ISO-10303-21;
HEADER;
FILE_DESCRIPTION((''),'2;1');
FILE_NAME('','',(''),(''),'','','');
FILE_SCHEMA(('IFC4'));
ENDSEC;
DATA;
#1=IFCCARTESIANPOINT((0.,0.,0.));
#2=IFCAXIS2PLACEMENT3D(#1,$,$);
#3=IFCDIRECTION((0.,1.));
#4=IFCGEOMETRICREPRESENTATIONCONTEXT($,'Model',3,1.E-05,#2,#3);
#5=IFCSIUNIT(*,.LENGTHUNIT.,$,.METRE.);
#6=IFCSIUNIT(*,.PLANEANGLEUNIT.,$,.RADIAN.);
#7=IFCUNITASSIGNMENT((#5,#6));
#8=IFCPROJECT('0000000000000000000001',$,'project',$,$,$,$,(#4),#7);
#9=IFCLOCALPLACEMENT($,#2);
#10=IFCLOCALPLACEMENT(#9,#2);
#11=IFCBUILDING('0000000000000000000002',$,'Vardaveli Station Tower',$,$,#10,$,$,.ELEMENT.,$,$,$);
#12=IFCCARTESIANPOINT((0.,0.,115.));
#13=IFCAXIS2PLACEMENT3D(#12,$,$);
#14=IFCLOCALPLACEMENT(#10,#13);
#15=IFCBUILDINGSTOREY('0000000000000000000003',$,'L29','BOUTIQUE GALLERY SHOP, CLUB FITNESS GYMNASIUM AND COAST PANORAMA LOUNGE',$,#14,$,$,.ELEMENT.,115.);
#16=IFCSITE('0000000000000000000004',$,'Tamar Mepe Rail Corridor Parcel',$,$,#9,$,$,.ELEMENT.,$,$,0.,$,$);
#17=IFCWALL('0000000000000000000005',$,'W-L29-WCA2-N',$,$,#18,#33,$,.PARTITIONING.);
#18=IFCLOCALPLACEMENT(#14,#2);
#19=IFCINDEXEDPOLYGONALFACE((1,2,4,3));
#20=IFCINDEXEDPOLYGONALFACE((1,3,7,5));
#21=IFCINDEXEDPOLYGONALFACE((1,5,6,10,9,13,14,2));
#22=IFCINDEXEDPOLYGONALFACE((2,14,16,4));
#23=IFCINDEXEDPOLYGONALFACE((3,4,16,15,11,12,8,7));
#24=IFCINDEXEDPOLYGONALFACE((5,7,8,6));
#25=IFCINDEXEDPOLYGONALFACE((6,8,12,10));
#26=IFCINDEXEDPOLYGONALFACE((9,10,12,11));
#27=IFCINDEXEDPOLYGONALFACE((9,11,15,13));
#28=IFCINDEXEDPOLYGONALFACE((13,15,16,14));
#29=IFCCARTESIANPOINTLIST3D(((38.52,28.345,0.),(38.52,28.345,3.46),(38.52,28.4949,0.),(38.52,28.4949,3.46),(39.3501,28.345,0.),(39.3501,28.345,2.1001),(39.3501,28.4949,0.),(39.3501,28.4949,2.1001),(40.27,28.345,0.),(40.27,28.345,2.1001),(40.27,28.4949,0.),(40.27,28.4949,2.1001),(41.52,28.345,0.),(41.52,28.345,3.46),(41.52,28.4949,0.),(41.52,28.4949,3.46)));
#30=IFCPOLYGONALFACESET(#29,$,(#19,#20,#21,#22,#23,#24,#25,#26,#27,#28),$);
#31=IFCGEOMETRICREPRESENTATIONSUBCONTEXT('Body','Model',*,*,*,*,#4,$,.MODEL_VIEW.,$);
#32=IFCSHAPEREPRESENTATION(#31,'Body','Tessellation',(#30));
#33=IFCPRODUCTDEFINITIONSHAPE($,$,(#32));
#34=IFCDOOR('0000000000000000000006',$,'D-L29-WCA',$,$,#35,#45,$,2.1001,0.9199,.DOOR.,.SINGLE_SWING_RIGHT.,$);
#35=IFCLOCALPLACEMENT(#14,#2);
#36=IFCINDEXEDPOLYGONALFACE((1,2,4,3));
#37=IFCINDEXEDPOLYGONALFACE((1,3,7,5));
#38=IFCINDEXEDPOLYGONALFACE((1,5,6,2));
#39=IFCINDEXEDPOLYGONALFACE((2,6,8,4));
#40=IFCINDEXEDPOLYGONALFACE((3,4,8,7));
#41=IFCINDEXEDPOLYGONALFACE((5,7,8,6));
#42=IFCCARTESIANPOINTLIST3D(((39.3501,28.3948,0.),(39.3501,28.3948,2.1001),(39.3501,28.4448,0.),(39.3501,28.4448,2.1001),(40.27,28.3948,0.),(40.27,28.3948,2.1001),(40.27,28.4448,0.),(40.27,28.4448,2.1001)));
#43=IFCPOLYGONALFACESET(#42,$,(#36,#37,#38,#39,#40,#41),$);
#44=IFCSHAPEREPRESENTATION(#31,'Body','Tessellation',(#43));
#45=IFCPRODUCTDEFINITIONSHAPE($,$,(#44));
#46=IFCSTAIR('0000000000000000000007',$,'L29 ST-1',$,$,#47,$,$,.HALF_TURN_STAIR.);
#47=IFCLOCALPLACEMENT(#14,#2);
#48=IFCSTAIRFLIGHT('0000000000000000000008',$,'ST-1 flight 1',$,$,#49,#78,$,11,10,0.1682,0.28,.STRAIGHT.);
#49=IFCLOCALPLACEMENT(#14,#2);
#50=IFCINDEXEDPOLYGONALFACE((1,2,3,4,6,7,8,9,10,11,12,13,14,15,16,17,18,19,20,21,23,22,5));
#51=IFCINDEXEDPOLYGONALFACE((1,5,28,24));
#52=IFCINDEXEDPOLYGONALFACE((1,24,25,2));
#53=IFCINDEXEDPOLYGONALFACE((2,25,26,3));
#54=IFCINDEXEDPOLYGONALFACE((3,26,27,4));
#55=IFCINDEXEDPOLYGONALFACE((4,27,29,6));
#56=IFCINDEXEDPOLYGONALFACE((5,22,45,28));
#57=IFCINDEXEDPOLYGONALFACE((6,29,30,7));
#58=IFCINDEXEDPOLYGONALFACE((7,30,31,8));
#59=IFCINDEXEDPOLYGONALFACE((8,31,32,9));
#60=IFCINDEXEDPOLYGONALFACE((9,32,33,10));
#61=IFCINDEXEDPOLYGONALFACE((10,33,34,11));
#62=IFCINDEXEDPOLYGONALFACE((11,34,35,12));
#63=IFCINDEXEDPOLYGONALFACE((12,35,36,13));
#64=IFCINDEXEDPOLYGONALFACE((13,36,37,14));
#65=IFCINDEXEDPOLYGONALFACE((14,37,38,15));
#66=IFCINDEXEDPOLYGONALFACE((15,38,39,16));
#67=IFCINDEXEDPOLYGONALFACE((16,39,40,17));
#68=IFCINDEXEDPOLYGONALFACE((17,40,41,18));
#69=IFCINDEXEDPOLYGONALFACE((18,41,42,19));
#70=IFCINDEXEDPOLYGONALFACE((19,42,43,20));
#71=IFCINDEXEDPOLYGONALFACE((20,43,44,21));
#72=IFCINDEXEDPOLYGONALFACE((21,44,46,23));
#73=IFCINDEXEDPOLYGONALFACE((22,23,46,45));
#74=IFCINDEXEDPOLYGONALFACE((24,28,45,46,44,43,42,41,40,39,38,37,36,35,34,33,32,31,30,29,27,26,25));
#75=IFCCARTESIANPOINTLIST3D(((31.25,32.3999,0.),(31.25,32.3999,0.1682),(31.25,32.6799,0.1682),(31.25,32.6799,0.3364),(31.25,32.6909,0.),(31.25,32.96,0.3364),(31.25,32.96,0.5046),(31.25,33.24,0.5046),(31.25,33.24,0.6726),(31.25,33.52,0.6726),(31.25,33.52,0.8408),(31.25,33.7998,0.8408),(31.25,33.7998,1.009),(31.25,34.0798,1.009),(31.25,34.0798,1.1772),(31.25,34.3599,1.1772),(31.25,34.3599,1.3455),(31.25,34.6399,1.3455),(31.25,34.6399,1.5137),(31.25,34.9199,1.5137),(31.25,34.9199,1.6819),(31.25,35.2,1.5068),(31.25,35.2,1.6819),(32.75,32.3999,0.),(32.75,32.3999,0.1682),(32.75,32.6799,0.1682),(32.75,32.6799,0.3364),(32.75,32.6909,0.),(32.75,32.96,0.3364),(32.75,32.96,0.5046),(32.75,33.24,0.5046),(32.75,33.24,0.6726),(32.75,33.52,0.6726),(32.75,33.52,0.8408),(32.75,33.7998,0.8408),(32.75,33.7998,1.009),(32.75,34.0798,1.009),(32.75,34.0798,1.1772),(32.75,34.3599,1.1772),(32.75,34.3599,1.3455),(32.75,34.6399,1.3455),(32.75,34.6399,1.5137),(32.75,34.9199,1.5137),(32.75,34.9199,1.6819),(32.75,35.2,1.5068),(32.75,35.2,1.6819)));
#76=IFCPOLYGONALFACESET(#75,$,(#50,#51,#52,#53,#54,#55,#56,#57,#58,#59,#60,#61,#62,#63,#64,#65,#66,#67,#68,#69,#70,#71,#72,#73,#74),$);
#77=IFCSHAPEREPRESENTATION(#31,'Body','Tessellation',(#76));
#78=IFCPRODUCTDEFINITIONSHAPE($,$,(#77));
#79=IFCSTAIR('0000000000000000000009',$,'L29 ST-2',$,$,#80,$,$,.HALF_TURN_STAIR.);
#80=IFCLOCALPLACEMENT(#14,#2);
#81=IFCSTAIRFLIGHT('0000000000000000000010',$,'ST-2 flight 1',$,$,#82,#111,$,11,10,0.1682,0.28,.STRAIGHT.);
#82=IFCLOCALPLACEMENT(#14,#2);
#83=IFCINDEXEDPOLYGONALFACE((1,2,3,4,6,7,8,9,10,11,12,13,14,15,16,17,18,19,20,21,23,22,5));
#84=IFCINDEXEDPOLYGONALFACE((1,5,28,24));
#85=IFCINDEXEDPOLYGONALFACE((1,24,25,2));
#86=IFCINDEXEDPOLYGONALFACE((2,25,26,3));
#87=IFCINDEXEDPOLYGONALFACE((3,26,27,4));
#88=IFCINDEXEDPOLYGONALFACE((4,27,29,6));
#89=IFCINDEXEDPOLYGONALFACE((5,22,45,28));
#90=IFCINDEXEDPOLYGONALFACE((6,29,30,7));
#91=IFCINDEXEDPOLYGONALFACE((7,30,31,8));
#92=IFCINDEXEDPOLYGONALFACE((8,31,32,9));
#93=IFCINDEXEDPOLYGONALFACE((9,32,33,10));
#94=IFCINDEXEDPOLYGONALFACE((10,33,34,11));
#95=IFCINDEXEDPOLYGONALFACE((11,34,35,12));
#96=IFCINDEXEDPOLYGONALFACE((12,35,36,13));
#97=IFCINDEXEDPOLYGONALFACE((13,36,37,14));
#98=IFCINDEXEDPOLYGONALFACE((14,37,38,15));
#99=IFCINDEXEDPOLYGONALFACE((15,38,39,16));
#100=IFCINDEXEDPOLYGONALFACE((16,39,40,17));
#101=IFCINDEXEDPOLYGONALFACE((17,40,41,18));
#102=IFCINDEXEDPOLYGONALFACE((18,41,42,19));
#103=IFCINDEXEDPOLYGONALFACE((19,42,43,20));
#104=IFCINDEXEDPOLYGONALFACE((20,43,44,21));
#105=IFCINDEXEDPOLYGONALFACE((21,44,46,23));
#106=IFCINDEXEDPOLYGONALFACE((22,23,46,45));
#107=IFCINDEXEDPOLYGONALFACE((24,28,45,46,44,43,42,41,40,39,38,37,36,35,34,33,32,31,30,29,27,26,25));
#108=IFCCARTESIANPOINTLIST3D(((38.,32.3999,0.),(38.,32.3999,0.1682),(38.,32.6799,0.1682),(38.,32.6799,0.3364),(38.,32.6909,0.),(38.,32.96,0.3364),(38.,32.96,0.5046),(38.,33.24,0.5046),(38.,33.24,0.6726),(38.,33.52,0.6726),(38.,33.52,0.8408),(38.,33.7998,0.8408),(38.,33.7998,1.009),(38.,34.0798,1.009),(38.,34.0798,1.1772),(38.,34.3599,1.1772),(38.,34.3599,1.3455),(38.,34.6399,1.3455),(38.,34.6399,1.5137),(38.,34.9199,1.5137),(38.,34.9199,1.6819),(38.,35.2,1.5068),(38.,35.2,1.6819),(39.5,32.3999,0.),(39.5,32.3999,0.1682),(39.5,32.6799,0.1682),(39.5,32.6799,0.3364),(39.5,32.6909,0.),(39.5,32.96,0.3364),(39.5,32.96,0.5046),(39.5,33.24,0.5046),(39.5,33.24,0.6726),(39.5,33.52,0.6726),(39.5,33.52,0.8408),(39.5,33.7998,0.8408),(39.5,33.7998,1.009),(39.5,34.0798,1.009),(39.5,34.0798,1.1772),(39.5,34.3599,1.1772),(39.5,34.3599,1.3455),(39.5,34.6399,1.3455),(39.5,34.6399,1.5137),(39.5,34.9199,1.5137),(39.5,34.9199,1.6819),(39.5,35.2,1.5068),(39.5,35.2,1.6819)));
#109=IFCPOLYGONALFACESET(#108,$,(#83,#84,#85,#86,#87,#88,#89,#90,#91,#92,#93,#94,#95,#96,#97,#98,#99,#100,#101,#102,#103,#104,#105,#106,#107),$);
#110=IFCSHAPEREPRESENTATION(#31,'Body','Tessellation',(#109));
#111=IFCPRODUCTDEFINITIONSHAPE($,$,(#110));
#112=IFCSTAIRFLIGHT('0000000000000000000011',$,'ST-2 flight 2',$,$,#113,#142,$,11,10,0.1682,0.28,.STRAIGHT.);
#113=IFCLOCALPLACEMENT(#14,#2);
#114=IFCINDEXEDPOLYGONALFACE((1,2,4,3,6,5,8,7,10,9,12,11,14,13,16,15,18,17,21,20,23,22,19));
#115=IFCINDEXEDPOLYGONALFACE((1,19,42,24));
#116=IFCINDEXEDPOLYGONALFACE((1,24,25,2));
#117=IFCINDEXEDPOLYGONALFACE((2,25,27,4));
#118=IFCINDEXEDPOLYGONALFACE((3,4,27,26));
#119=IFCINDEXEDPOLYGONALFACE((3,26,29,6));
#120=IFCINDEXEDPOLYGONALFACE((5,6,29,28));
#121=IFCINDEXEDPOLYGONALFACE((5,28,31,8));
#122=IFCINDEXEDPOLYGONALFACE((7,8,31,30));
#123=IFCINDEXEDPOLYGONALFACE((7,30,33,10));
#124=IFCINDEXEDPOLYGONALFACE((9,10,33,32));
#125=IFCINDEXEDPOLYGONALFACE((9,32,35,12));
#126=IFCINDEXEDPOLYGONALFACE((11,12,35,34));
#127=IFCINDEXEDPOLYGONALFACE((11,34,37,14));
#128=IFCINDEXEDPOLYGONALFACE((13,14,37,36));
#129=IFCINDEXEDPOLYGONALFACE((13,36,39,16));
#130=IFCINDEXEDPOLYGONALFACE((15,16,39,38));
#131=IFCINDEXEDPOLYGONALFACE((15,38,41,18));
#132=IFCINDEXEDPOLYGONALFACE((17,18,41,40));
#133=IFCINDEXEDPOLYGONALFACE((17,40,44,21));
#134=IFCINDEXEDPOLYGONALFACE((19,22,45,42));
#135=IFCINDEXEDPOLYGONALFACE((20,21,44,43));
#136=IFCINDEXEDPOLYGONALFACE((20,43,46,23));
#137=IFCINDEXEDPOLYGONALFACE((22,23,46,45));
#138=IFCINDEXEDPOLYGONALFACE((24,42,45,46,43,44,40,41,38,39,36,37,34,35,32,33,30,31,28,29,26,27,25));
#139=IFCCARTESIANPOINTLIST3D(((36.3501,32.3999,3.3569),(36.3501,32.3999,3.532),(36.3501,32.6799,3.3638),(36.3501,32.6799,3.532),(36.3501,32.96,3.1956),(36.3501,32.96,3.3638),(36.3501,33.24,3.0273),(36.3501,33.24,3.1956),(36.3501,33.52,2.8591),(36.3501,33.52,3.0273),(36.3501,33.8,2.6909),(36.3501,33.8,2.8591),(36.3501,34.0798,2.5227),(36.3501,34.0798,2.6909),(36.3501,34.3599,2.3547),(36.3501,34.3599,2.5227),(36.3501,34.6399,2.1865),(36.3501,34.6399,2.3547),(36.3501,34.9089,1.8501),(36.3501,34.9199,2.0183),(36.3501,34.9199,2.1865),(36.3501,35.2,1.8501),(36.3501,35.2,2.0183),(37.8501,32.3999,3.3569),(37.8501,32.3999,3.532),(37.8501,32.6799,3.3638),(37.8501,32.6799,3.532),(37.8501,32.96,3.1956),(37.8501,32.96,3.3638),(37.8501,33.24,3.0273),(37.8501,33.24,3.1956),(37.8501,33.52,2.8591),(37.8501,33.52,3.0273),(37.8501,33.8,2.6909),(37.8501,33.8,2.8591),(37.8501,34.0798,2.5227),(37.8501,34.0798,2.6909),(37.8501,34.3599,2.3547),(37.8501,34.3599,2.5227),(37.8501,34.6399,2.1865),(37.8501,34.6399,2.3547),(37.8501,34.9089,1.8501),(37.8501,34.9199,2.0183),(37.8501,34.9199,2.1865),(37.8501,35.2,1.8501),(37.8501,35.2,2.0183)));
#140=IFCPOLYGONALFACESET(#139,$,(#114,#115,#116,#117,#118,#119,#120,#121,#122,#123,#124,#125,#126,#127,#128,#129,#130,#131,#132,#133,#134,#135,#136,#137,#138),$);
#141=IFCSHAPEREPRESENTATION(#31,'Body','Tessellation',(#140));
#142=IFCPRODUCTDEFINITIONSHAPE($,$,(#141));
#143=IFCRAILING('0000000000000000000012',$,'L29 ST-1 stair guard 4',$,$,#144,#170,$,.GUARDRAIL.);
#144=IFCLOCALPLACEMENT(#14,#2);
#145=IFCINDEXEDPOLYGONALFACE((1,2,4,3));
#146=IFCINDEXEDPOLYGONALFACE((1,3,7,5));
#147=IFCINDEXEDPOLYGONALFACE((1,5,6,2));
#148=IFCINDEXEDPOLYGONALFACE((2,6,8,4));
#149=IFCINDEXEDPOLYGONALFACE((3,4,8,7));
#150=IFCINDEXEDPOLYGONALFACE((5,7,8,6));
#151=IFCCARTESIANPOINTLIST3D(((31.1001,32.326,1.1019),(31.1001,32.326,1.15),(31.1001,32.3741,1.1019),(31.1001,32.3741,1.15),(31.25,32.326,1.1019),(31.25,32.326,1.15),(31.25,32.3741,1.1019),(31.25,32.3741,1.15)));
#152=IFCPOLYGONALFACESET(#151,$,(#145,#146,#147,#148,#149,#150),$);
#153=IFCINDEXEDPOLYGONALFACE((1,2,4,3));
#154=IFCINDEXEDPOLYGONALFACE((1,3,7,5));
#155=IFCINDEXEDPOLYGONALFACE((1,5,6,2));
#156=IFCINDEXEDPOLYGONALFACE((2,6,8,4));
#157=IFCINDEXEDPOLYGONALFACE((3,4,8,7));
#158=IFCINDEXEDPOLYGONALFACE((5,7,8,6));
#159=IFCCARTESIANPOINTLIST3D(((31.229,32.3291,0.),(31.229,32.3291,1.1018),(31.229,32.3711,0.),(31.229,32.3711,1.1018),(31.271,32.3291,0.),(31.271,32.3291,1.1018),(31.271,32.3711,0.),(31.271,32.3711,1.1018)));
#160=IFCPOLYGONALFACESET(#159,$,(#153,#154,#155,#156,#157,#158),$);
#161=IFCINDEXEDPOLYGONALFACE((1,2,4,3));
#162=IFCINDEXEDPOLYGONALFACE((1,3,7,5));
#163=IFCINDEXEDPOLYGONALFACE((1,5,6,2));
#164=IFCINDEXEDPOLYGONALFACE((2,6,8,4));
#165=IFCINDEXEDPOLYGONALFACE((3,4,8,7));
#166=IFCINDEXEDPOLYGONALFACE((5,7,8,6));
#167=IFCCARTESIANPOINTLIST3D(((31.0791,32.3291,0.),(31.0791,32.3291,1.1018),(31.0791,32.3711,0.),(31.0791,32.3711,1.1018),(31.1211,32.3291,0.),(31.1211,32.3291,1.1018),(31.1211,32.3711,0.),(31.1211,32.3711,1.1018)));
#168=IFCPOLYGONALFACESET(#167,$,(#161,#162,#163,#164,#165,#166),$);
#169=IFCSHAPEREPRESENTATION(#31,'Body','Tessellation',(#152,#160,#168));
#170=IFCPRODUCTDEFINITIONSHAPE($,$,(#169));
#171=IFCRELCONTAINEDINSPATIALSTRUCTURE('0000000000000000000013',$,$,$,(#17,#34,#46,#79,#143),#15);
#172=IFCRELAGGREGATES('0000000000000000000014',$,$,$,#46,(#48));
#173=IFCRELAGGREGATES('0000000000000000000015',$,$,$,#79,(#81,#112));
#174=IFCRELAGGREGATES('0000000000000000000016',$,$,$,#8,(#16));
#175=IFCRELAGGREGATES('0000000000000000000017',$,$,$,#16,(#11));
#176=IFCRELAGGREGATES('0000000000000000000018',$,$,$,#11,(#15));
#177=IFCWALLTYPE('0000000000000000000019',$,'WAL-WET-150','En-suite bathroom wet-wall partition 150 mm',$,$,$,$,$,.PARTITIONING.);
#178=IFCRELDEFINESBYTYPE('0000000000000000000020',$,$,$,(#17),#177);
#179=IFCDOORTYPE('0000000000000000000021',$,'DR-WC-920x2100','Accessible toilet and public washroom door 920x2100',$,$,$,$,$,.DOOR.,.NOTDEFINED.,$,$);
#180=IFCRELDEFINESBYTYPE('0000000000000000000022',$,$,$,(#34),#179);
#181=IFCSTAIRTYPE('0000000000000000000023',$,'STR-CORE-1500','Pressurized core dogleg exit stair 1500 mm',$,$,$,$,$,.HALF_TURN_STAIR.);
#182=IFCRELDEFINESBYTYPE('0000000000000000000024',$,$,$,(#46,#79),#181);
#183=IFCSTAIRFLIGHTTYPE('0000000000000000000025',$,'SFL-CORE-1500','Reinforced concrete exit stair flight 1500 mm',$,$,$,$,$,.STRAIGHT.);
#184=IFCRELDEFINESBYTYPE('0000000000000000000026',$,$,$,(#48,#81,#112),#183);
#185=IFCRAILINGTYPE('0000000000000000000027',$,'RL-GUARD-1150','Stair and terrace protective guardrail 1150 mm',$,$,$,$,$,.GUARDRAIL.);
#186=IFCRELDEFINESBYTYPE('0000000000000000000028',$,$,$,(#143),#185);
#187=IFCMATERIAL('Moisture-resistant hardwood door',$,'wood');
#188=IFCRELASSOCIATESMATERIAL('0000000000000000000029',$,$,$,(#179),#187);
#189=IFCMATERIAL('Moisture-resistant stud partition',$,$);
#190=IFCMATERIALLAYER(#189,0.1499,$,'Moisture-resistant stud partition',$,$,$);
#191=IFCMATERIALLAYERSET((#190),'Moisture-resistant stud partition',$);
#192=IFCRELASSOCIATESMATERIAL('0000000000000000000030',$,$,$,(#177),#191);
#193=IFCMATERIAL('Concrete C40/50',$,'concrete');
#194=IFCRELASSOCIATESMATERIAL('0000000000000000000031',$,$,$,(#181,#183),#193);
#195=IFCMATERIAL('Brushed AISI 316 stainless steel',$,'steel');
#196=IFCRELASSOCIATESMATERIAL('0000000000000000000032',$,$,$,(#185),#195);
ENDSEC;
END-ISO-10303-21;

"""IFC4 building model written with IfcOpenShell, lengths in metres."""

from ifc_helpers import new_model, si_unit, direction, frame, frame_2d, origin, origin_2d, place, context, subcontext, project, spatial, polyline, rectangle, outline, extrude, source, transform, mapped, material, layer, layer_set, type_object, element, fill, aggregate, save


model = new_model("IFC4")

# Units and contexts
model_context = context("Model", 3, precision=1e-05, world=origin(), true_north=direction((0.0, 1.0)))
body_context = subcontext(model_context, "Body", "Model", "MODEL_VIEW")
ifc_project = project(units=[si_unit("LENGTHUNIT", "METRE"), si_unit("PLANEANGLEUNIT", "RADIAN")], contexts=[model_context])

# Site, building, storey
site_placement = place(None, origin())
site = spatial("IfcSite", under=ifc_project, at=site_placement, Name="Tamar Mepe Rail Corridor Parcel", CompositionType="ELEMENT", RefElevation=0.0)
building_placement = place(site_placement, origin())
building = spatial("IfcBuilding", under=site, at=building_placement, Name="Vardaveli Station Tower", CompositionType="ELEMENT")
storey_placement = place(building_placement, frame((0.0, 0.0, 115.0)))
storey = spatial("IfcBuildingStorey", under=building, at=storey_placement, Name="L29", Description="BOUTIQUE GALLERY SHOP, CLUB FITNESS GYMNASIUM AND COAST PANORAMA LOUNGE", CompositionType="ELEMENT", Elevation=115.0)

# Shared definitions
ifc_material_1 = material(Name="Concrete C40/50", Category="concrete")

# Wall, opening, door
ifc_material_2 = material(Name="Moisture-resistant hardwood door", Category="wood")
door_type_1 = type_object("IfcDoorType", Name="DR-WC-920x2100", Description="Accessible toilet and public washroom door 920x2100", OperationType="NOTDEFINED", PredefinedType="DOOR", material=ifc_material_2)
shared_shape_1 = source(origin(), body_context, "Body", "SweptSolid", [
    extrude(rectangle(XDim=0.9199, YDim=2.1001, at=frame_2d((0.46, 1.05))), frame((0.0, 0.0249, 0.0), z_axis=(0.0, -1.0, 0.0), x_axis=(1.0, 0.0, 0.0)), (0.0, 0.0, 1.0), 0.05),
])
ifc_material_3 = material(Name="Moisture-resistant stud partition")
ifc_layer_1 = layer(ifc_material_3, 0.1499, Name="Moisture-resistant stud partition")
ifc_layer_set_1 = layer_set([ifc_layer_1], Name="Moisture-resistant stud partition")
wall_type_1 = type_object("IfcWallType", Name="WAL-WET-150", Description="En-suite bathroom wet-wall partition 150 mm", PredefinedType="PARTITIONING", material=ifc_layer_set_1)
shared_shape_2 = source(origin(), body_context, "Body", "SweptSolid", [
    extrude(rectangle(XDim=3.0, YDim=0.1499, at=frame_2d((1.5, 0.0))), origin(), (0.0, 0.0, 1.0), 3.46),
])
wall_1_placement = place(storey_placement, frame((38.52, 28.4199, 0.0), z_axis=(0.0, 0.0, 1.0), x_axis=(1.0, 0.0, 0.0)))
wall_1 = element("IfcWall", 1, at=wall_1_placement, inside=storey, type_object=wall_type_1, Name="W-L29-WCA2-N", PredefinedType="PARTITIONING", context=body_context, shape_type="MappedRepresentation", body=[
    mapped(shared_shape_2, transform((0.0, 0.0, 0.0), scale=1.0)),
])
shared_shape_3 = source(origin(), body_context, "Body", "SweptSolid", [
    extrude(rectangle(XDim=0.9199, YDim=2.1001, at=frame_2d((0.46, 1.05))), frame((0.0, 0.085, 0.0), z_axis=(0.0, -1.0, 0.0), x_axis=(1.0, 0.0, 0.0)), (0.0, 0.0, 1.0), 0.1699),
])
opening_1_placement = place(wall_1_placement, frame((0.8301, 0.0, 0.0)))
opening_1 = element("IfcOpeningElement", 2, at=opening_1_placement, cuts=wall_1, PredefinedType="OPENING", context=body_context, shape_type="MappedRepresentation", body=[
    mapped(shared_shape_3, transform((0.0, 0.0, 0.0), scale=1.0)),
])
door_1_placement = place(opening_1_placement, origin())
door_1 = element("IfcDoor", 3, at=door_1_placement, inside=storey, type_object=door_type_1, Name="D-L29-WCA", OperationType="SINGLE_SWING_RIGHT", OverallHeight=2.1001, OverallWidth=0.9199, PredefinedType="DOOR", context=body_context, shape_type="MappedRepresentation", body=[
    mapped(shared_shape_1, transform((0.0, 0.0, 0.0), scale=1.0)),
])
fill(opening_1, door_1)

# Stair, stair flight
stair_type = type_object("IfcStairType", Name="STR-CORE-1500", Description="Pressurized core dogleg exit stair 1500 mm", PredefinedType="HALF_TURN_STAIR", material=ifc_material_1)
stair_1_placement = place(storey_placement, origin())
stair_1 = element("IfcStair", 4, at=stair_1_placement, inside=storey, type_object=stair_type, Name="L29 ST-1", PredefinedType="HALF_TURN_STAIR")
stair_flight_type = type_object("IfcStairFlightType", Name="SFL-CORE-1500", Description="Reinforced concrete exit stair flight 1500 mm", PredefinedType="STRAIGHT", material=ifc_material_1)
shared_shape_4 = source(origin(), body_context, "Body", "SweptSolid", [
    extrude(outline(polyline([(0.0, 0.0), (0.0, 0.1682), (0.28, 0.1682), (0.28, 0.3364), (0.5601, 0.3364), (0.5601, 0.5046), (0.8401, 0.5046), (0.8401, 0.6726), (1.1201, 0.6726), (1.1201, 0.8408), (1.3999, 0.8408), (1.3999, 1.009), (1.6799, 1.009), (1.6799, 1.1772), (1.96, 1.1772), (1.96, 1.3455), (2.24, 1.3455), (2.24, 1.5137), (2.52, 1.5137), (2.52, 1.6819), (2.8, 1.6819), (2.8, 1.8501), (2.8, 1.5068), (0.291, 0.0), (0.0, 0.0)])), frame((0.0, 0.75, 0.0), z_axis=(0.0, -1.0, 0.0), x_axis=(1.0, 0.0, 0.0)), (0.0, 0.0, 1.0), 1.5),
])
stair_flight_1_placement = place(storey_placement, frame((32.0, 32.3999, 0.0), z_axis=(0.0, 0.0, 1.0), x_axis=(0.0, 1.0, 0.0)))
stair_flight_1 = element("IfcStairFlight", 5, at=stair_flight_1_placement, type_object=stair_flight_type, Name="ST-1 flight 1", NumberOfRisers=11, NumberOfTreads=10, PredefinedType="STRAIGHT", RiserHeight=0.1682, TreadLength=0.28, context=body_context, shape_type="MappedRepresentation", body=[
    mapped(shared_shape_4, transform((0.0, 0.0, 0.0), scale=1.0)),
])
aggregate(stair_1, [stair_flight_1])

# Stair, stair flights
stair_2_placement = place(storey_placement, origin())
stair_2 = element("IfcStair", 6, at=stair_2_placement, inside=storey, type_object=stair_type, Name="L29 ST-2", PredefinedType="HALF_TURN_STAIR")
stair_flight_2_placement = place(storey_placement, frame((38.75, 32.3999, 0.0), z_axis=(0.0, 0.0, 1.0), x_axis=(0.0, 1.0, 0.0)))
stair_flight_2 = element("IfcStairFlight", 7, at=stair_flight_2_placement, type_object=stair_flight_type, Name="ST-2 flight 1", NumberOfRisers=11, NumberOfTreads=10, PredefinedType="STRAIGHT", RiserHeight=0.1682, TreadLength=0.28, context=body_context, shape_type="MappedRepresentation", body=[
    mapped(shared_shape_4, transform((0.0, 0.0, 0.0), scale=1.0)),
])
stair_flight_3_placement = place(storey_placement, frame((37.1001, 35.2, 1.8501), z_axis=(0.0, 0.0, 1.0), x_axis=(0.0, -1.0, 0.0)))
stair_flight_3 = element("IfcStairFlight", 8, at=stair_flight_3_placement, type_object=stair_flight_type, Name="ST-2 flight 2", NumberOfRisers=11, NumberOfTreads=10, PredefinedType="STRAIGHT", RiserHeight=0.1682, TreadLength=0.28, context=body_context, shape_type="MappedRepresentation", body=[
    mapped(shared_shape_4, transform((0.0, 0.0, 0.0), scale=1.0)),
])
aggregate(stair_2, [stair_flight_2, stair_flight_3])

# Railing
ifc_material_4 = material(Name="Brushed AISI 316 stainless steel", Category="steel")
railing_type_1 = type_object("IfcRailingType", Name="RL-GUARD-1150", Description="Stair and terrace protective guardrail 1150 mm", PredefinedType="GUARDRAIL", material=ifc_material_4)
shared_shape_5 = source(origin(), body_context, "Body", "SweptSolid", [
    extrude(rectangle(XDim=0.0481, YDim=0.0481, at=origin_2d()), frame((0.0, 0.0, 1.126), z_axis=(-1.0, 0.0, 0.0), x_axis=(0.0, -1.0, 0.0)), (0.0, 0.0, 1.0), 0.1499),
    extrude(rectangle(XDim=0.042, YDim=0.042, at=origin_2d()), origin(), (0.0, 0.0, 1.0), 1.1018),
    extrude(rectangle(XDim=0.042, YDim=0.042, at=origin_2d()), frame((-0.1499, 0.0, 0.0)), (0.0, 0.0, 1.0), 1.1018),
])
for number, where, name in (
    (9, (31.25, 32.3501, 0.0), "L29 ST-1 stair guard 4"),
):
    element("IfcRailing", number, at=place(storey_placement, frame(where)), inside=storey, type_object=railing_type_1, Name=name, PredefinedType="GUARDRAIL", context=body_context, shape_type="MappedRepresentation", body=[
        mapped(shared_shape_5, transform((0.0, 0.0, 0.0), scale=1.0)),
    ])

save(model, "model.ifc")
